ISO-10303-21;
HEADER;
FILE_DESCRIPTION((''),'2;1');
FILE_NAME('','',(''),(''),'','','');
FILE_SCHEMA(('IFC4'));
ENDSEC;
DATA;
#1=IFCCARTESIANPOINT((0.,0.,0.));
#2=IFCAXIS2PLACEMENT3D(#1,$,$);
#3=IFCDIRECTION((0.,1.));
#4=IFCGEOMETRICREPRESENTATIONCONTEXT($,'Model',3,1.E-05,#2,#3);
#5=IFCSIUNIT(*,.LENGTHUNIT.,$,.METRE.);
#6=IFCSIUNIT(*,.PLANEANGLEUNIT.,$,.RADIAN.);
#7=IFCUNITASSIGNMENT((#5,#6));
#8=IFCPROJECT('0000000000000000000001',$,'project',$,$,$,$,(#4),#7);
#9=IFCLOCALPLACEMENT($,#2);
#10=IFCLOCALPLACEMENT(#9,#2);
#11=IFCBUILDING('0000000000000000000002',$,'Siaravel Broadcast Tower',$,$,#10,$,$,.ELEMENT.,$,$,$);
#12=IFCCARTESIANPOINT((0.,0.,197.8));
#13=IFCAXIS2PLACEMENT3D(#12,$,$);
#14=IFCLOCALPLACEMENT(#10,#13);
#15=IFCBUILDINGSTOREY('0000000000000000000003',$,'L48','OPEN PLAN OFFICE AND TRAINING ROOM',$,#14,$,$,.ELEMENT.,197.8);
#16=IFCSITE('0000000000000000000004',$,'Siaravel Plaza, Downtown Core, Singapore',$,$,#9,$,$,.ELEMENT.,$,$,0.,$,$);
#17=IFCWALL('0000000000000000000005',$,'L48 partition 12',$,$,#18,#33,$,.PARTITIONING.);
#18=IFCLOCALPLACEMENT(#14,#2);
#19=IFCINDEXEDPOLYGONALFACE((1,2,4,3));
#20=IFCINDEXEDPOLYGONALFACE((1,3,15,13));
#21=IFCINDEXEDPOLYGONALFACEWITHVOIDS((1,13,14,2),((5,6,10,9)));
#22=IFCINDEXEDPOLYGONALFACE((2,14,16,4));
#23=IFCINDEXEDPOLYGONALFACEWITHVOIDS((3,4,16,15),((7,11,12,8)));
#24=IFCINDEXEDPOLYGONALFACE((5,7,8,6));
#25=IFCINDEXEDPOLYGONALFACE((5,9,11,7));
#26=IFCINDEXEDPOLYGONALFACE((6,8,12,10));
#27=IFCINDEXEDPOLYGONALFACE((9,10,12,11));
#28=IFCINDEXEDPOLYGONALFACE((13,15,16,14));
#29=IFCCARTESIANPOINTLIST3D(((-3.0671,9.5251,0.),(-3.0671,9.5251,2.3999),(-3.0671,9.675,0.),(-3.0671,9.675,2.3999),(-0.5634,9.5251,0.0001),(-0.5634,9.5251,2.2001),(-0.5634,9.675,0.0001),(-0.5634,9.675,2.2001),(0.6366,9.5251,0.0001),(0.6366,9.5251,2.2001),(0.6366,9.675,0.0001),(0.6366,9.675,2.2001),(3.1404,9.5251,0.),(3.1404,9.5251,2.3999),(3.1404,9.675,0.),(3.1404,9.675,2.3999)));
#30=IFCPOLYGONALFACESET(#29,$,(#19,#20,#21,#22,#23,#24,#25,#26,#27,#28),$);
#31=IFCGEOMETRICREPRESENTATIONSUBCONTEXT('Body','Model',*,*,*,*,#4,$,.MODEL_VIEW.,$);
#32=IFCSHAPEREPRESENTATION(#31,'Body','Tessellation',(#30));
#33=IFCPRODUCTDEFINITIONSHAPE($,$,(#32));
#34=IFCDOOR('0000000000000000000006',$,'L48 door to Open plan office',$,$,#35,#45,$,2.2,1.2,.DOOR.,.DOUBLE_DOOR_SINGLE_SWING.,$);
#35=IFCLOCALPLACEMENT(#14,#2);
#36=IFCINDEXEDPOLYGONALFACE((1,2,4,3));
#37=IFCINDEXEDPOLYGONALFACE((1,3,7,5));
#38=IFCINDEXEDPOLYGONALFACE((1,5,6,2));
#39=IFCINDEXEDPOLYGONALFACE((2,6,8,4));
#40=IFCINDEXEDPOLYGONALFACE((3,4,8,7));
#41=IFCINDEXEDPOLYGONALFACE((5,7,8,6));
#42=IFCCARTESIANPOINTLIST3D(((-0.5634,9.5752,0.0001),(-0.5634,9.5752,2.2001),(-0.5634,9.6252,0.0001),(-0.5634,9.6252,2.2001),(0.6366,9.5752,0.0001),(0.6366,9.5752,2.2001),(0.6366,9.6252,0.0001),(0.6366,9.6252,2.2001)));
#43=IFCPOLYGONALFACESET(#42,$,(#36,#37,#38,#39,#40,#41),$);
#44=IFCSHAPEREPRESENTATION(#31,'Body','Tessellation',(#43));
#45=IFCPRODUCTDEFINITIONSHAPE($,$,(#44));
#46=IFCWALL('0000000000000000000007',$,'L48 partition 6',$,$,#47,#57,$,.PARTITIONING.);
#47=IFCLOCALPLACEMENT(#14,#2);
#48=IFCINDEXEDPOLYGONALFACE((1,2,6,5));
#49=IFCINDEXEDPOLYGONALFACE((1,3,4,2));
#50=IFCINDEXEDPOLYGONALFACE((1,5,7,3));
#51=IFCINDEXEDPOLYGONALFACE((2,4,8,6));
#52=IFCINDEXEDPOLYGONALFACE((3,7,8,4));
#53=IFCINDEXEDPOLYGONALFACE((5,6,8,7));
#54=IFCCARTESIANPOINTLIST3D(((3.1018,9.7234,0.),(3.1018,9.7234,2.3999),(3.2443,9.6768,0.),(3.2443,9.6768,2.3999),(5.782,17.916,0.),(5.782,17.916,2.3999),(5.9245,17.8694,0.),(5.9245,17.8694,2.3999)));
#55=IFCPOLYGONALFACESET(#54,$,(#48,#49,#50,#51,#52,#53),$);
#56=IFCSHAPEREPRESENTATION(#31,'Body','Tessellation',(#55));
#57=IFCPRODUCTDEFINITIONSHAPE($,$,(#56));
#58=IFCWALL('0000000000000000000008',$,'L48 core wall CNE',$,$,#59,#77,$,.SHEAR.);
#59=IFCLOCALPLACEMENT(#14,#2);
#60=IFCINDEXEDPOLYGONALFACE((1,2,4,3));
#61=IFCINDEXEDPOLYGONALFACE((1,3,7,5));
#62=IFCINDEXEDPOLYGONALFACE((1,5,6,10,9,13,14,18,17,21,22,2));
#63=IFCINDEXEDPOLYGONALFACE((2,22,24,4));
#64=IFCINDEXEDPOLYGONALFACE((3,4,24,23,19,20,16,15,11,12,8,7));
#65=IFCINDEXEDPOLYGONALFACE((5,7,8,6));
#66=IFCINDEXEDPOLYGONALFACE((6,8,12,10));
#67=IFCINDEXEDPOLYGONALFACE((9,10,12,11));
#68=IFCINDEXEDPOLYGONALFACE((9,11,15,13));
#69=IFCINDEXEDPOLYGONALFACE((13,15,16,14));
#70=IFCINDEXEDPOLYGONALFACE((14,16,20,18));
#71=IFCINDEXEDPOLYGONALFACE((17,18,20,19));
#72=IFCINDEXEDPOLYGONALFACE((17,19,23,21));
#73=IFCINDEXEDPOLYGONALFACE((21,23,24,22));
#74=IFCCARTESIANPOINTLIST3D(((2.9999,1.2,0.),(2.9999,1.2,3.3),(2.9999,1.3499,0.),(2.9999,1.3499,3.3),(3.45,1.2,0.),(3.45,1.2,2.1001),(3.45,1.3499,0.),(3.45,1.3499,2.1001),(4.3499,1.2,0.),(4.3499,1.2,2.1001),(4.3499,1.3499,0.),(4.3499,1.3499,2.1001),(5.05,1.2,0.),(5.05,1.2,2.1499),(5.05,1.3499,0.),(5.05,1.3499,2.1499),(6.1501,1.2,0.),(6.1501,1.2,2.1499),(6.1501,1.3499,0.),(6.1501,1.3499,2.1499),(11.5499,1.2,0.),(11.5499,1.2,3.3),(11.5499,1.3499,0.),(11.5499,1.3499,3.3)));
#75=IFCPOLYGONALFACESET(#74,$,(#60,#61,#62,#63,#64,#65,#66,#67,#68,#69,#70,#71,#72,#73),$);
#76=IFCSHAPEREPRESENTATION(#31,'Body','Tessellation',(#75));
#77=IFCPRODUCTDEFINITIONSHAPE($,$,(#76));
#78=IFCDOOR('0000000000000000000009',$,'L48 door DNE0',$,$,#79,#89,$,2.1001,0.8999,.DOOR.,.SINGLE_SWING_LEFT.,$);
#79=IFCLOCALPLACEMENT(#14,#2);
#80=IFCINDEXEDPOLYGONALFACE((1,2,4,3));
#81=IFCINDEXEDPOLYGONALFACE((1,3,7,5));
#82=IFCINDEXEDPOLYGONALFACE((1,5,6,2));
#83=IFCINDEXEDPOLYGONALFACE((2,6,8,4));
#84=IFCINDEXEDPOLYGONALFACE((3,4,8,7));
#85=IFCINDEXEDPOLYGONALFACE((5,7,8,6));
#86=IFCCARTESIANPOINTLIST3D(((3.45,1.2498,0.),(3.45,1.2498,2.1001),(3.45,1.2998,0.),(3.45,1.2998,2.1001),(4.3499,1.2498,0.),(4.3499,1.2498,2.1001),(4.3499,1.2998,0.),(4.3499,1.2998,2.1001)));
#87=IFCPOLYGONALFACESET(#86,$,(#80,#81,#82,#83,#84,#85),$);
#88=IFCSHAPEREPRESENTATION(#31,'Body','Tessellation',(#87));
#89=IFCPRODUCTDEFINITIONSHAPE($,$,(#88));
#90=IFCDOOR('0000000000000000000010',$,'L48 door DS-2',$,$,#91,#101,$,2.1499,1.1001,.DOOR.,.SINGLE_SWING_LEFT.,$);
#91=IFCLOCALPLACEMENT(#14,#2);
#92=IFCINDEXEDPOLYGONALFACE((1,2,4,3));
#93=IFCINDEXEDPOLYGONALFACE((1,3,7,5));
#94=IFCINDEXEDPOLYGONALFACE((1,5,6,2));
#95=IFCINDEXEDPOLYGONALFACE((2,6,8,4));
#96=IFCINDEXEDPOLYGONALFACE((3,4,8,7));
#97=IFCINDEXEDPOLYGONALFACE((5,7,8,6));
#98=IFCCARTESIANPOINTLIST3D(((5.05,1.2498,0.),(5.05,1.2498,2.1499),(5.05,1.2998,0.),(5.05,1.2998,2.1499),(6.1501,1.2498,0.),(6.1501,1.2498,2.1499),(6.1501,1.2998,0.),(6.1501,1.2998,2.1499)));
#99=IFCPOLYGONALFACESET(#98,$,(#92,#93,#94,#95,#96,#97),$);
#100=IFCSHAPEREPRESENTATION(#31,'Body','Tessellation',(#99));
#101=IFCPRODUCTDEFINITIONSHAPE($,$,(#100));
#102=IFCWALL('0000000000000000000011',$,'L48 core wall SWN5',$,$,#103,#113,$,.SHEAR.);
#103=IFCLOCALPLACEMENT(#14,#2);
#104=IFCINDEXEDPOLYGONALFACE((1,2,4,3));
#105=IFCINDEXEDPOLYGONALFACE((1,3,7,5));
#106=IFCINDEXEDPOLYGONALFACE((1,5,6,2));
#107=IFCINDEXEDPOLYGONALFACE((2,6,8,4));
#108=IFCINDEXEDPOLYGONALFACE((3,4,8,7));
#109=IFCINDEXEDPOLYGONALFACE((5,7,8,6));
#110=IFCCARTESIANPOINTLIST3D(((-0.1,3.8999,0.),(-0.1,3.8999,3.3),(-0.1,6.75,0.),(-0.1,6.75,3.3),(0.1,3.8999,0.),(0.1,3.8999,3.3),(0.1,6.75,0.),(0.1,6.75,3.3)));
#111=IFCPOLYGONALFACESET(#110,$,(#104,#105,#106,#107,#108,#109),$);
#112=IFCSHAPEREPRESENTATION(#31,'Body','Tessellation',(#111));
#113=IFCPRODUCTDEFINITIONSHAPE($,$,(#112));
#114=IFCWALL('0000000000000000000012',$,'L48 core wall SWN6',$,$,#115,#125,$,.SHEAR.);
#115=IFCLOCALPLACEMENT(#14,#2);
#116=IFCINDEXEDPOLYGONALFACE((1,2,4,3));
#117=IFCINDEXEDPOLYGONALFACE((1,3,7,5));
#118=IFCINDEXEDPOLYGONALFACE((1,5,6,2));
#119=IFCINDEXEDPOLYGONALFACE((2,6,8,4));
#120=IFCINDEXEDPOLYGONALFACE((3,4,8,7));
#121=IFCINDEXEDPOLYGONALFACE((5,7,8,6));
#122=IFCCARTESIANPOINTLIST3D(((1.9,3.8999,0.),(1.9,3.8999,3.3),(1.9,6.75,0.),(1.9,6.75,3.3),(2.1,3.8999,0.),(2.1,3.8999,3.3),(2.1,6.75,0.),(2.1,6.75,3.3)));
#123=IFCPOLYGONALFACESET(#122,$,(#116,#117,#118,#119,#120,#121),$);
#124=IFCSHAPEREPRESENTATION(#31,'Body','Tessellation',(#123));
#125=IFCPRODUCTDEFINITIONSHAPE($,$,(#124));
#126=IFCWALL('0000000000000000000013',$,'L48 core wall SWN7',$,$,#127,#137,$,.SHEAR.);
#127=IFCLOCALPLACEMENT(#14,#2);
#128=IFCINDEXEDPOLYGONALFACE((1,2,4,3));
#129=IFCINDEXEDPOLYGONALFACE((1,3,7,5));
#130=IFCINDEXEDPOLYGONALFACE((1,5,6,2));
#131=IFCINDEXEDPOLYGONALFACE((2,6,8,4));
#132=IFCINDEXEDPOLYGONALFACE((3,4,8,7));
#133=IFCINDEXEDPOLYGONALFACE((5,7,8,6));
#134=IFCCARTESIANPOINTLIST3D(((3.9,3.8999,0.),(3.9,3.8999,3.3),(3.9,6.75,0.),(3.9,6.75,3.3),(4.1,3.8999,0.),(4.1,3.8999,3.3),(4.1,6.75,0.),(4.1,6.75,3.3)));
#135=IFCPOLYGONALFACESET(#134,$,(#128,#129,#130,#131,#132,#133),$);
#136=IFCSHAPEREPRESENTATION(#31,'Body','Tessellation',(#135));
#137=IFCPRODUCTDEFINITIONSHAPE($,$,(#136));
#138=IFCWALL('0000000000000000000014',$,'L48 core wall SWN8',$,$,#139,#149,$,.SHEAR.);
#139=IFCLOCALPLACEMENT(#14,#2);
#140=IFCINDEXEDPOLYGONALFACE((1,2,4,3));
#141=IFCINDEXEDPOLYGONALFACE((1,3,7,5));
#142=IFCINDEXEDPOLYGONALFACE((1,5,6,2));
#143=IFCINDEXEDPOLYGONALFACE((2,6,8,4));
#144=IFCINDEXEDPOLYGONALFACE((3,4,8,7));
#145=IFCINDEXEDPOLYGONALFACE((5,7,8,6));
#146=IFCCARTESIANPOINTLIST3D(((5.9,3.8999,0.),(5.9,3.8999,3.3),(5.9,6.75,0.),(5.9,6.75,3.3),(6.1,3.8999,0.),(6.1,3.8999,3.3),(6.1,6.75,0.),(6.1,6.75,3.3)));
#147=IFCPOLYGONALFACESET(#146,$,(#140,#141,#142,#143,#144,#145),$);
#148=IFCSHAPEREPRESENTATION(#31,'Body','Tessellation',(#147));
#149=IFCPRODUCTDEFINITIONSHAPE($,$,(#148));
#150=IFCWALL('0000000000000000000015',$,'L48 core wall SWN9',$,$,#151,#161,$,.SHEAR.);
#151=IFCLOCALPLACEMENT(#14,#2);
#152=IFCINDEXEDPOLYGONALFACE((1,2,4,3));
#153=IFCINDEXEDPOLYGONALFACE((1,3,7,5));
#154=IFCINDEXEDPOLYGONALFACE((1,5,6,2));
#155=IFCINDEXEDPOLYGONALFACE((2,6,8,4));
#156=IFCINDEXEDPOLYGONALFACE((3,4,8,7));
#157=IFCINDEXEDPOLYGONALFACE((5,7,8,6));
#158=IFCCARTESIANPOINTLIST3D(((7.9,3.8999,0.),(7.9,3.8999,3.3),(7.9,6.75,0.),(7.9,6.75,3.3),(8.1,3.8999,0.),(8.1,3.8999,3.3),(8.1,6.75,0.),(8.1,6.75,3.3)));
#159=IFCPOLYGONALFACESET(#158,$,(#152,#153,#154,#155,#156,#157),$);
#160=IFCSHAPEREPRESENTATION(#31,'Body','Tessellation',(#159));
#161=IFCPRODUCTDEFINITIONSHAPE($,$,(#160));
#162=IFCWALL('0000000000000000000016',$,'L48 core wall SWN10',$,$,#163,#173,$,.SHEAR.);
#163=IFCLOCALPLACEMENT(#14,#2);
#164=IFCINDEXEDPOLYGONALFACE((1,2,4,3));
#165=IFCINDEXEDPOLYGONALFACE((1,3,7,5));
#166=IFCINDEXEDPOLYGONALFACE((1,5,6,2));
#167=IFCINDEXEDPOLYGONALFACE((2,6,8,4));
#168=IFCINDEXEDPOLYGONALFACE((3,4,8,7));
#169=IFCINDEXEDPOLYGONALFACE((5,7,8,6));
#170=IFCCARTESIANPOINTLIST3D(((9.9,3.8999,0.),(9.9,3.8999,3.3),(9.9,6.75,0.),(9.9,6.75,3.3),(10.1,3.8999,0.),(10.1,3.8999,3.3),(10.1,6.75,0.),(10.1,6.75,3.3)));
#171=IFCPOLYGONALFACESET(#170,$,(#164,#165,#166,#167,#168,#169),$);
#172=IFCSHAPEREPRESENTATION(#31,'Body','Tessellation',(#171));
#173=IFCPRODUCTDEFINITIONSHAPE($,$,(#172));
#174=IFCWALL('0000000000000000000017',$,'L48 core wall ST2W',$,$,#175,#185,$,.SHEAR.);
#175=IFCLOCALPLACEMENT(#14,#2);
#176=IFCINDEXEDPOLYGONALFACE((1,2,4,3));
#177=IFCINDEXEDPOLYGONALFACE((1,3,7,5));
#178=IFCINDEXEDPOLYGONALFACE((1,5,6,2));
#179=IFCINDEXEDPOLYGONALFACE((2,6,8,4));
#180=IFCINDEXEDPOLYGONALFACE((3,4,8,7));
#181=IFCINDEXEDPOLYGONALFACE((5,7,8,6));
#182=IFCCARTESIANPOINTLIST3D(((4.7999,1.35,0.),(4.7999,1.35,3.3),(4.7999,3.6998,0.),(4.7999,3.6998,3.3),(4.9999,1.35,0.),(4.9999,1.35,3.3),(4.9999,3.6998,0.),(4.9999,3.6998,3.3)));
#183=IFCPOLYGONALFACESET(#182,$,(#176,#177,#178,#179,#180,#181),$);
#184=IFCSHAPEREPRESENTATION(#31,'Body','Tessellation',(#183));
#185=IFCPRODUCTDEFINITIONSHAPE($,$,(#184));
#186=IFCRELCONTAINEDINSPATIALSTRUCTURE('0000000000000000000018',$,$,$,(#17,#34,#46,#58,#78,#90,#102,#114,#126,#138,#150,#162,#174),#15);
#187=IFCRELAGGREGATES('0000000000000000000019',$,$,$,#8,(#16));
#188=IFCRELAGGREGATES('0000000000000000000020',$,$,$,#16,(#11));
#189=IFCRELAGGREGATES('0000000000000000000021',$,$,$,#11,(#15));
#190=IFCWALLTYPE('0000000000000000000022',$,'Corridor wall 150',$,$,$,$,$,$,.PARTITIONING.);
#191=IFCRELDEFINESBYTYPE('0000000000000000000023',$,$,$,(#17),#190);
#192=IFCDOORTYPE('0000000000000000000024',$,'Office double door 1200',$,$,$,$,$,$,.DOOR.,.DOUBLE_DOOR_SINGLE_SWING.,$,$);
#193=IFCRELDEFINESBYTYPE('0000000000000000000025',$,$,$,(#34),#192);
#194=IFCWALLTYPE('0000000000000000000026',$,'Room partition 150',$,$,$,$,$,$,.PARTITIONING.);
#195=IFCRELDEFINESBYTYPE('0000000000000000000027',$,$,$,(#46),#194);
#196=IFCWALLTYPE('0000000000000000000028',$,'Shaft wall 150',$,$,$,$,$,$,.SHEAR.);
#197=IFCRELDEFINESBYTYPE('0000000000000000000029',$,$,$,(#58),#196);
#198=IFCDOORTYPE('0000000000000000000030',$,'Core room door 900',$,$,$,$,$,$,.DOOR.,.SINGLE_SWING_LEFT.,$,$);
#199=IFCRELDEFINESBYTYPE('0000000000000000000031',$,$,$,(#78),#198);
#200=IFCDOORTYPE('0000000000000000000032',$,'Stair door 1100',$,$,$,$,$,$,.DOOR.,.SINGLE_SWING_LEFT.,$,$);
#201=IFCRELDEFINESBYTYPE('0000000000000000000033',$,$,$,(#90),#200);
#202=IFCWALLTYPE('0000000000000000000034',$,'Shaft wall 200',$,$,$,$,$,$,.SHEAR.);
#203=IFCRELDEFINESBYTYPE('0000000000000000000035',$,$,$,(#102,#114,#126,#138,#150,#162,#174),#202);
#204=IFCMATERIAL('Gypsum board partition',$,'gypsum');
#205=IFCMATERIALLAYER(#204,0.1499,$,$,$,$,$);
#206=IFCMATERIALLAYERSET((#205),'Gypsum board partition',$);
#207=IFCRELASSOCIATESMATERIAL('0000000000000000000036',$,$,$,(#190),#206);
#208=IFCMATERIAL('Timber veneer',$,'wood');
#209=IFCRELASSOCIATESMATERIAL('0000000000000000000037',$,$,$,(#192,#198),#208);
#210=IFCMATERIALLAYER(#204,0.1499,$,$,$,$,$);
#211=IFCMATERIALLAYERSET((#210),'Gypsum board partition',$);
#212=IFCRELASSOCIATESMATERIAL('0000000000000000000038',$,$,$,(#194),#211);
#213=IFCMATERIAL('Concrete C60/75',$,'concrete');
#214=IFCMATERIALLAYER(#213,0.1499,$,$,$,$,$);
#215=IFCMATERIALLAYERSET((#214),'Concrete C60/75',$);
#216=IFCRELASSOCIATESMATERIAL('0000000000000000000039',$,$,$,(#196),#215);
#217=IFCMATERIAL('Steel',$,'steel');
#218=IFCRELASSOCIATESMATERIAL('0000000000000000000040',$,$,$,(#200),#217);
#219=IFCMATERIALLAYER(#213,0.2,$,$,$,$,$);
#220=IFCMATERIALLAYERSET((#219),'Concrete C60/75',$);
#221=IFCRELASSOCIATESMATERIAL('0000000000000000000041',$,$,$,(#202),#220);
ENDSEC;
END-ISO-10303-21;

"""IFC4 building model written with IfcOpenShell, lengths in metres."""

from ifc_helpers import new_model, si_unit, direction, frame, frame_2d, origin, place, context, subcontext, project, spatial, rectangle, extrude, material, layer, layer_set, type_object, element, fill, save


model = new_model("IFC4")

# Units and contexts
model_context = context("Model", 3, precision=1e-05, world=origin(), true_north=direction((0.0, 1.0)))
body_context = subcontext(model_context, "Body", "Model", "MODEL_VIEW")
ifc_project = project(units=[si_unit("LENGTHUNIT", "METRE"), si_unit("PLANEANGLEUNIT", "RADIAN")], contexts=[model_context])

# Site, building, storey
site_placement = place(None, origin())
site = spatial("IfcSite", under=ifc_project, at=site_placement, Name="Siaravel Plaza, Downtown Core, Singapore", CompositionType="ELEMENT", RefElevation=0.0)
building_placement = place(site_placement, origin())
building = spatial("IfcBuilding", under=site, at=building_placement, Name="Siaravel Broadcast Tower", CompositionType="ELEMENT")
storey_placement = place(building_placement, frame((0.0, 0.0, 197.8)))
storey = spatial("IfcBuildingStorey", under=building, at=storey_placement, Name="L48", Description="OPEN PLAN OFFICE AND TRAINING ROOM", CompositionType="ELEMENT", Elevation=197.8)

# Shared definitions
ifc_material_1 = material(Name="Concrete C60/75", Category="concrete")

# Wall, opening, door
ifc_material_2 = material(Name="Gypsum board partition", Category="gypsum")
ifc_layer_1 = layer(ifc_material_2, 0.1499)
ifc_layer_set_1 = layer_set([ifc_layer_1], Name="Gypsum board partition")
wall_type_1 = type_object("IfcWallType", Name="Corridor wall 150", PredefinedType="PARTITIONING", material=ifc_layer_set_1)
wall_1_placement = place(storey_placement, frame((3.1404, 9.6001, 0.0), z_axis=(0.0, 0.0, 1.0), x_axis=(-1.0, 0.0, 0.0)))
wall_1 = element("IfcWall", 1, at=wall_1_placement, inside=storey, type_object=wall_type_1, Name="L48 partition 12", PredefinedType="PARTITIONING", context=body_context, shape_type="SweptSolid", body=[
    extrude(rectangle(XDim=6.2075, YDim=0.1499, at=frame_2d((3.1038, 0.0))), origin(), (0.0, 0.0, 1.0), 2.3999),
])
opening_1_placement = place(wall_1_placement, frame((2.5037, 0.0, 0.0)))
opening_1 = element("IfcOpeningElement", 2, at=opening_1_placement, cuts=wall_1, PredefinedType="OPENING", context=body_context, shape_type="SweptSolid", body=[
    extrude(rectangle(XDim=1.2, YDim=2.2, at=frame_2d((0.6001, 1.1001))), frame((0.0, 0.085, 0.0), z_axis=(0.0, -1.0, 0.0), x_axis=(1.0, 0.0, 0.0)), (0.0, 0.0, 1.0), 0.1699),
])
ifc_material_3 = material(Name="Timber veneer", Category="wood")
door_type_1 = type_object("IfcDoorType", Name="Office double door 1200", OperationType="DOUBLE_DOOR_SINGLE_SWING", PredefinedType="DOOR", material=ifc_material_3)
door_1_placement = place(opening_1_placement, origin())
door_1 = element("IfcDoor", 3, at=door_1_placement, inside=storey, type_object=door_type_1, Name="L48 door to Open plan office", OperationType="DOUBLE_DOOR_SINGLE_SWING", OverallHeight=2.2, OverallWidth=1.2, PredefinedType="DOOR", context=body_context, shape_type="SweptSolid", body=[
    extrude(rectangle(XDim=1.2, YDim=2.2, at=frame_2d((0.6001, 1.1001))), frame((0.0, 0.0249, 0.0), z_axis=(0.0, -1.0, 0.0), x_axis=(1.0, 0.0, 0.0)), (0.0, 0.0, 1.0), 0.05),
])
fill(opening_1, door_1)

# Wall
ifc_layer_2 = layer(ifc_material_2, 0.1499)
ifc_layer_set_2 = layer_set([ifc_layer_2], Name="Gypsum board partition")
wall_type_2 = type_object("IfcWallType", Name="Room partition 150", PredefinedType="PARTITIONING", material=ifc_layer_set_2)
wall_2_placement = place(storey_placement, frame((5.8533, 17.8928, 0.0), z_axis=(0.0, 0.0, 1.0), x_axis=(-0.310929, -0.950433, 0.0)))
element("IfcWall", 4, at=wall_2_placement, inside=storey, type_object=wall_type_2, Name="L48 partition 6", PredefinedType="PARTITIONING", context=body_context, shape_type="SweptSolid", body=[
    extrude(rectangle(XDim=8.6199, YDim=0.1499, at=frame_2d((4.3101, 0.0))), origin(), (0.0, 0.0, 1.0), 2.3999),
])

# Wall, openings, doors
ifc_layer_3 = layer(ifc_material_1, 0.1499)
ifc_layer_set_3 = layer_set([ifc_layer_3], Name="Concrete C60/75")
wall_type_3 = type_object("IfcWallType", Name="Shaft wall 150", PredefinedType="SHEAR", material=ifc_layer_set_3)
wall_3_placement = place(storey_placement, frame((3.0, 1.2749, 0.0), z_axis=(0.0, 0.0, 1.0), x_axis=(1.0, 0.0, 0.0)))
wall_3 = element("IfcWall", 5, at=wall_3_placement, inside=storey, type_object=wall_type_3, Name="L48 core wall CNE", PredefinedType="SHEAR", context=body_context, shape_type="SweptSolid", body=[
    extrude(rectangle(XDim=8.55, YDim=0.1499, at=frame_2d((4.2749, 0.0))), origin(), (0.0, 0.0, 1.0), 3.3),
])
opening_2_placement = place(wall_3_placement, frame((2.05, 0.0, 0.0)))
opening_2 = element("IfcOpeningElement", 6, at=opening_2_placement, cuts=wall_3, PredefinedType="OPENING", context=body_context, shape_type="SweptSolid", body=[
    extrude(rectangle(XDim=1.1001, YDim=2.1499, at=frame_2d((0.55, 1.075))), frame((0.0, 0.085, 0.0), z_axis=(0.0, -1.0, 0.0), x_axis=(1.0, 0.0, 0.0)), (0.0, 0.0, 1.0), 0.1699),
])
opening_3_placement = place(wall_3_placement, frame((0.45, 0.0, 0.0)))
opening_3 = element("IfcOpeningElement", 7, at=opening_3_placement, cuts=wall_3, PredefinedType="OPENING", context=body_context, shape_type="SweptSolid", body=[
    extrude(rectangle(XDim=0.8999, YDim=2.1001, at=frame_2d((0.45, 1.05))), frame((0.0, 0.085, 0.0), z_axis=(0.0, -1.0, 0.0), x_axis=(1.0, 0.0, 0.0)), (0.0, 0.0, 1.0), 0.1699),
])
door_type_2 = type_object("IfcDoorType", Name="Core room door 900", OperationType="SINGLE_SWING_LEFT", PredefinedType="DOOR", material=ifc_material_3)
door_2_placement = place(opening_3_placement, origin())
door_2 = element("IfcDoor", 8, at=door_2_placement, inside=storey, type_object=door_type_2, Name="L48 door DNE0", OperationType="SINGLE_SWING_LEFT", OverallHeight=2.1001, OverallWidth=0.8999, PredefinedType="DOOR", context=body_context, shape_type="SweptSolid", body=[
    extrude(rectangle(XDim=0.8999, YDim=2.1001, at=frame_2d((0.45, 1.05))), frame((0.0, 0.0249, 0.0), z_axis=(0.0, -1.0, 0.0), x_axis=(1.0, 0.0, 0.0)), (0.0, 0.0, 1.0), 0.05),
])
fill(opening_3, door_2)
ifc_material_4 = material(Name="Steel", Category="steel")
door_type_3 = type_object("IfcDoorType", Name="Stair door 1100", OperationType="SINGLE_SWING_LEFT", PredefinedType="DOOR", material=ifc_material_4)
door_3_placement = place(opening_2_placement, origin())
door_3 = element("IfcDoor", 9, at=door_3_placement, inside=storey, type_object=door_type_3, Name="L48 door DS-2", OperationType="SINGLE_SWING_LEFT", OverallHeight=2.1499, OverallWidth=1.1001, PredefinedType="DOOR", context=body_context, shape_type="SweptSolid", body=[
    extrude(rectangle(XDim=1.1001, YDim=2.1499, at=frame_2d((0.55, 1.075))), frame((0.0, 0.0249, 0.0), z_axis=(0.0, -1.0, 0.0), x_axis=(1.0, 0.0, 0.0)), (0.0, 0.0, 1.0), 0.05),
])
fill(opening_2, door_3)

# Walls
ifc_layer_4 = layer(ifc_material_1, 0.2)
ifc_layer_set_4 = layer_set([ifc_layer_4], Name="Concrete C60/75")
wall_type_4 = type_object("IfcWallType", Name="Shaft wall 200", PredefinedType="SHEAR", material=ifc_layer_set_4)
for number, where, z_axis, x_axis, name in (
    (10, (0.0, 3.8999, 0.0), (0.0, 0.0, 1.0), (0.0, 1.0, 0.0), "L48 core wall SWN5"),
    (11, (2.0, 3.8999, 0.0), (0.0, 0.0, 1.0), (0.0, 1.0, 0.0), "L48 core wall SWN6"),
    (12, (4.0, 3.8999, 0.0), (0.0, 0.0, 1.0), (0.0, 1.0, 0.0), "L48 core wall SWN7"),
    (13, (6.0, 3.8999, 0.0), (0.0, 0.0, 1.0), (0.0, 1.0, 0.0), "L48 core wall SWN8"),
    (14, (8.0, 3.8999, 0.0), (0.0, 0.0, 1.0), (0.0, 1.0, 0.0), "L48 core wall SWN9"),
    (15, (10.0, 3.8999, 0.0), (0.0, 0.0, 1.0), (0.0, 1.0, 0.0), "L48 core wall SWN10"),
):
    element("IfcWall", number, at=place(storey_placement, frame(where, z_axis=z_axis, x_axis=x_axis)), inside=storey, type_object=wall_type_4, Name=name, PredefinedType="SHEAR", context=body_context, shape_type="SweptSolid", body=[
        extrude(rectangle(XDim=2.8501, YDim=0.2, at=frame_2d((1.425, 0.0))), origin(), (0.0, 0.0, 1.0), 3.3),
    ])
wall_4_placement = place(storey_placement, frame((4.8999, 1.3501, 0.0), z_axis=(0.0, 0.0, 1.0), x_axis=(0.0, 1.0, 0.0)))
element("IfcWall", 16, at=wall_4_placement, inside=storey, type_object=wall_type_4, Name="L48 core wall ST2W", PredefinedType="SHEAR", context=body_context, shape_type="SweptSolid", body=[
    extrude(rectangle(XDim=2.3499, YDim=0.2, at=frame_2d((1.1748, 0.0))), origin(), (0.0, 0.0, 1.0), 3.3),
])

save(model, "model.ifc")
